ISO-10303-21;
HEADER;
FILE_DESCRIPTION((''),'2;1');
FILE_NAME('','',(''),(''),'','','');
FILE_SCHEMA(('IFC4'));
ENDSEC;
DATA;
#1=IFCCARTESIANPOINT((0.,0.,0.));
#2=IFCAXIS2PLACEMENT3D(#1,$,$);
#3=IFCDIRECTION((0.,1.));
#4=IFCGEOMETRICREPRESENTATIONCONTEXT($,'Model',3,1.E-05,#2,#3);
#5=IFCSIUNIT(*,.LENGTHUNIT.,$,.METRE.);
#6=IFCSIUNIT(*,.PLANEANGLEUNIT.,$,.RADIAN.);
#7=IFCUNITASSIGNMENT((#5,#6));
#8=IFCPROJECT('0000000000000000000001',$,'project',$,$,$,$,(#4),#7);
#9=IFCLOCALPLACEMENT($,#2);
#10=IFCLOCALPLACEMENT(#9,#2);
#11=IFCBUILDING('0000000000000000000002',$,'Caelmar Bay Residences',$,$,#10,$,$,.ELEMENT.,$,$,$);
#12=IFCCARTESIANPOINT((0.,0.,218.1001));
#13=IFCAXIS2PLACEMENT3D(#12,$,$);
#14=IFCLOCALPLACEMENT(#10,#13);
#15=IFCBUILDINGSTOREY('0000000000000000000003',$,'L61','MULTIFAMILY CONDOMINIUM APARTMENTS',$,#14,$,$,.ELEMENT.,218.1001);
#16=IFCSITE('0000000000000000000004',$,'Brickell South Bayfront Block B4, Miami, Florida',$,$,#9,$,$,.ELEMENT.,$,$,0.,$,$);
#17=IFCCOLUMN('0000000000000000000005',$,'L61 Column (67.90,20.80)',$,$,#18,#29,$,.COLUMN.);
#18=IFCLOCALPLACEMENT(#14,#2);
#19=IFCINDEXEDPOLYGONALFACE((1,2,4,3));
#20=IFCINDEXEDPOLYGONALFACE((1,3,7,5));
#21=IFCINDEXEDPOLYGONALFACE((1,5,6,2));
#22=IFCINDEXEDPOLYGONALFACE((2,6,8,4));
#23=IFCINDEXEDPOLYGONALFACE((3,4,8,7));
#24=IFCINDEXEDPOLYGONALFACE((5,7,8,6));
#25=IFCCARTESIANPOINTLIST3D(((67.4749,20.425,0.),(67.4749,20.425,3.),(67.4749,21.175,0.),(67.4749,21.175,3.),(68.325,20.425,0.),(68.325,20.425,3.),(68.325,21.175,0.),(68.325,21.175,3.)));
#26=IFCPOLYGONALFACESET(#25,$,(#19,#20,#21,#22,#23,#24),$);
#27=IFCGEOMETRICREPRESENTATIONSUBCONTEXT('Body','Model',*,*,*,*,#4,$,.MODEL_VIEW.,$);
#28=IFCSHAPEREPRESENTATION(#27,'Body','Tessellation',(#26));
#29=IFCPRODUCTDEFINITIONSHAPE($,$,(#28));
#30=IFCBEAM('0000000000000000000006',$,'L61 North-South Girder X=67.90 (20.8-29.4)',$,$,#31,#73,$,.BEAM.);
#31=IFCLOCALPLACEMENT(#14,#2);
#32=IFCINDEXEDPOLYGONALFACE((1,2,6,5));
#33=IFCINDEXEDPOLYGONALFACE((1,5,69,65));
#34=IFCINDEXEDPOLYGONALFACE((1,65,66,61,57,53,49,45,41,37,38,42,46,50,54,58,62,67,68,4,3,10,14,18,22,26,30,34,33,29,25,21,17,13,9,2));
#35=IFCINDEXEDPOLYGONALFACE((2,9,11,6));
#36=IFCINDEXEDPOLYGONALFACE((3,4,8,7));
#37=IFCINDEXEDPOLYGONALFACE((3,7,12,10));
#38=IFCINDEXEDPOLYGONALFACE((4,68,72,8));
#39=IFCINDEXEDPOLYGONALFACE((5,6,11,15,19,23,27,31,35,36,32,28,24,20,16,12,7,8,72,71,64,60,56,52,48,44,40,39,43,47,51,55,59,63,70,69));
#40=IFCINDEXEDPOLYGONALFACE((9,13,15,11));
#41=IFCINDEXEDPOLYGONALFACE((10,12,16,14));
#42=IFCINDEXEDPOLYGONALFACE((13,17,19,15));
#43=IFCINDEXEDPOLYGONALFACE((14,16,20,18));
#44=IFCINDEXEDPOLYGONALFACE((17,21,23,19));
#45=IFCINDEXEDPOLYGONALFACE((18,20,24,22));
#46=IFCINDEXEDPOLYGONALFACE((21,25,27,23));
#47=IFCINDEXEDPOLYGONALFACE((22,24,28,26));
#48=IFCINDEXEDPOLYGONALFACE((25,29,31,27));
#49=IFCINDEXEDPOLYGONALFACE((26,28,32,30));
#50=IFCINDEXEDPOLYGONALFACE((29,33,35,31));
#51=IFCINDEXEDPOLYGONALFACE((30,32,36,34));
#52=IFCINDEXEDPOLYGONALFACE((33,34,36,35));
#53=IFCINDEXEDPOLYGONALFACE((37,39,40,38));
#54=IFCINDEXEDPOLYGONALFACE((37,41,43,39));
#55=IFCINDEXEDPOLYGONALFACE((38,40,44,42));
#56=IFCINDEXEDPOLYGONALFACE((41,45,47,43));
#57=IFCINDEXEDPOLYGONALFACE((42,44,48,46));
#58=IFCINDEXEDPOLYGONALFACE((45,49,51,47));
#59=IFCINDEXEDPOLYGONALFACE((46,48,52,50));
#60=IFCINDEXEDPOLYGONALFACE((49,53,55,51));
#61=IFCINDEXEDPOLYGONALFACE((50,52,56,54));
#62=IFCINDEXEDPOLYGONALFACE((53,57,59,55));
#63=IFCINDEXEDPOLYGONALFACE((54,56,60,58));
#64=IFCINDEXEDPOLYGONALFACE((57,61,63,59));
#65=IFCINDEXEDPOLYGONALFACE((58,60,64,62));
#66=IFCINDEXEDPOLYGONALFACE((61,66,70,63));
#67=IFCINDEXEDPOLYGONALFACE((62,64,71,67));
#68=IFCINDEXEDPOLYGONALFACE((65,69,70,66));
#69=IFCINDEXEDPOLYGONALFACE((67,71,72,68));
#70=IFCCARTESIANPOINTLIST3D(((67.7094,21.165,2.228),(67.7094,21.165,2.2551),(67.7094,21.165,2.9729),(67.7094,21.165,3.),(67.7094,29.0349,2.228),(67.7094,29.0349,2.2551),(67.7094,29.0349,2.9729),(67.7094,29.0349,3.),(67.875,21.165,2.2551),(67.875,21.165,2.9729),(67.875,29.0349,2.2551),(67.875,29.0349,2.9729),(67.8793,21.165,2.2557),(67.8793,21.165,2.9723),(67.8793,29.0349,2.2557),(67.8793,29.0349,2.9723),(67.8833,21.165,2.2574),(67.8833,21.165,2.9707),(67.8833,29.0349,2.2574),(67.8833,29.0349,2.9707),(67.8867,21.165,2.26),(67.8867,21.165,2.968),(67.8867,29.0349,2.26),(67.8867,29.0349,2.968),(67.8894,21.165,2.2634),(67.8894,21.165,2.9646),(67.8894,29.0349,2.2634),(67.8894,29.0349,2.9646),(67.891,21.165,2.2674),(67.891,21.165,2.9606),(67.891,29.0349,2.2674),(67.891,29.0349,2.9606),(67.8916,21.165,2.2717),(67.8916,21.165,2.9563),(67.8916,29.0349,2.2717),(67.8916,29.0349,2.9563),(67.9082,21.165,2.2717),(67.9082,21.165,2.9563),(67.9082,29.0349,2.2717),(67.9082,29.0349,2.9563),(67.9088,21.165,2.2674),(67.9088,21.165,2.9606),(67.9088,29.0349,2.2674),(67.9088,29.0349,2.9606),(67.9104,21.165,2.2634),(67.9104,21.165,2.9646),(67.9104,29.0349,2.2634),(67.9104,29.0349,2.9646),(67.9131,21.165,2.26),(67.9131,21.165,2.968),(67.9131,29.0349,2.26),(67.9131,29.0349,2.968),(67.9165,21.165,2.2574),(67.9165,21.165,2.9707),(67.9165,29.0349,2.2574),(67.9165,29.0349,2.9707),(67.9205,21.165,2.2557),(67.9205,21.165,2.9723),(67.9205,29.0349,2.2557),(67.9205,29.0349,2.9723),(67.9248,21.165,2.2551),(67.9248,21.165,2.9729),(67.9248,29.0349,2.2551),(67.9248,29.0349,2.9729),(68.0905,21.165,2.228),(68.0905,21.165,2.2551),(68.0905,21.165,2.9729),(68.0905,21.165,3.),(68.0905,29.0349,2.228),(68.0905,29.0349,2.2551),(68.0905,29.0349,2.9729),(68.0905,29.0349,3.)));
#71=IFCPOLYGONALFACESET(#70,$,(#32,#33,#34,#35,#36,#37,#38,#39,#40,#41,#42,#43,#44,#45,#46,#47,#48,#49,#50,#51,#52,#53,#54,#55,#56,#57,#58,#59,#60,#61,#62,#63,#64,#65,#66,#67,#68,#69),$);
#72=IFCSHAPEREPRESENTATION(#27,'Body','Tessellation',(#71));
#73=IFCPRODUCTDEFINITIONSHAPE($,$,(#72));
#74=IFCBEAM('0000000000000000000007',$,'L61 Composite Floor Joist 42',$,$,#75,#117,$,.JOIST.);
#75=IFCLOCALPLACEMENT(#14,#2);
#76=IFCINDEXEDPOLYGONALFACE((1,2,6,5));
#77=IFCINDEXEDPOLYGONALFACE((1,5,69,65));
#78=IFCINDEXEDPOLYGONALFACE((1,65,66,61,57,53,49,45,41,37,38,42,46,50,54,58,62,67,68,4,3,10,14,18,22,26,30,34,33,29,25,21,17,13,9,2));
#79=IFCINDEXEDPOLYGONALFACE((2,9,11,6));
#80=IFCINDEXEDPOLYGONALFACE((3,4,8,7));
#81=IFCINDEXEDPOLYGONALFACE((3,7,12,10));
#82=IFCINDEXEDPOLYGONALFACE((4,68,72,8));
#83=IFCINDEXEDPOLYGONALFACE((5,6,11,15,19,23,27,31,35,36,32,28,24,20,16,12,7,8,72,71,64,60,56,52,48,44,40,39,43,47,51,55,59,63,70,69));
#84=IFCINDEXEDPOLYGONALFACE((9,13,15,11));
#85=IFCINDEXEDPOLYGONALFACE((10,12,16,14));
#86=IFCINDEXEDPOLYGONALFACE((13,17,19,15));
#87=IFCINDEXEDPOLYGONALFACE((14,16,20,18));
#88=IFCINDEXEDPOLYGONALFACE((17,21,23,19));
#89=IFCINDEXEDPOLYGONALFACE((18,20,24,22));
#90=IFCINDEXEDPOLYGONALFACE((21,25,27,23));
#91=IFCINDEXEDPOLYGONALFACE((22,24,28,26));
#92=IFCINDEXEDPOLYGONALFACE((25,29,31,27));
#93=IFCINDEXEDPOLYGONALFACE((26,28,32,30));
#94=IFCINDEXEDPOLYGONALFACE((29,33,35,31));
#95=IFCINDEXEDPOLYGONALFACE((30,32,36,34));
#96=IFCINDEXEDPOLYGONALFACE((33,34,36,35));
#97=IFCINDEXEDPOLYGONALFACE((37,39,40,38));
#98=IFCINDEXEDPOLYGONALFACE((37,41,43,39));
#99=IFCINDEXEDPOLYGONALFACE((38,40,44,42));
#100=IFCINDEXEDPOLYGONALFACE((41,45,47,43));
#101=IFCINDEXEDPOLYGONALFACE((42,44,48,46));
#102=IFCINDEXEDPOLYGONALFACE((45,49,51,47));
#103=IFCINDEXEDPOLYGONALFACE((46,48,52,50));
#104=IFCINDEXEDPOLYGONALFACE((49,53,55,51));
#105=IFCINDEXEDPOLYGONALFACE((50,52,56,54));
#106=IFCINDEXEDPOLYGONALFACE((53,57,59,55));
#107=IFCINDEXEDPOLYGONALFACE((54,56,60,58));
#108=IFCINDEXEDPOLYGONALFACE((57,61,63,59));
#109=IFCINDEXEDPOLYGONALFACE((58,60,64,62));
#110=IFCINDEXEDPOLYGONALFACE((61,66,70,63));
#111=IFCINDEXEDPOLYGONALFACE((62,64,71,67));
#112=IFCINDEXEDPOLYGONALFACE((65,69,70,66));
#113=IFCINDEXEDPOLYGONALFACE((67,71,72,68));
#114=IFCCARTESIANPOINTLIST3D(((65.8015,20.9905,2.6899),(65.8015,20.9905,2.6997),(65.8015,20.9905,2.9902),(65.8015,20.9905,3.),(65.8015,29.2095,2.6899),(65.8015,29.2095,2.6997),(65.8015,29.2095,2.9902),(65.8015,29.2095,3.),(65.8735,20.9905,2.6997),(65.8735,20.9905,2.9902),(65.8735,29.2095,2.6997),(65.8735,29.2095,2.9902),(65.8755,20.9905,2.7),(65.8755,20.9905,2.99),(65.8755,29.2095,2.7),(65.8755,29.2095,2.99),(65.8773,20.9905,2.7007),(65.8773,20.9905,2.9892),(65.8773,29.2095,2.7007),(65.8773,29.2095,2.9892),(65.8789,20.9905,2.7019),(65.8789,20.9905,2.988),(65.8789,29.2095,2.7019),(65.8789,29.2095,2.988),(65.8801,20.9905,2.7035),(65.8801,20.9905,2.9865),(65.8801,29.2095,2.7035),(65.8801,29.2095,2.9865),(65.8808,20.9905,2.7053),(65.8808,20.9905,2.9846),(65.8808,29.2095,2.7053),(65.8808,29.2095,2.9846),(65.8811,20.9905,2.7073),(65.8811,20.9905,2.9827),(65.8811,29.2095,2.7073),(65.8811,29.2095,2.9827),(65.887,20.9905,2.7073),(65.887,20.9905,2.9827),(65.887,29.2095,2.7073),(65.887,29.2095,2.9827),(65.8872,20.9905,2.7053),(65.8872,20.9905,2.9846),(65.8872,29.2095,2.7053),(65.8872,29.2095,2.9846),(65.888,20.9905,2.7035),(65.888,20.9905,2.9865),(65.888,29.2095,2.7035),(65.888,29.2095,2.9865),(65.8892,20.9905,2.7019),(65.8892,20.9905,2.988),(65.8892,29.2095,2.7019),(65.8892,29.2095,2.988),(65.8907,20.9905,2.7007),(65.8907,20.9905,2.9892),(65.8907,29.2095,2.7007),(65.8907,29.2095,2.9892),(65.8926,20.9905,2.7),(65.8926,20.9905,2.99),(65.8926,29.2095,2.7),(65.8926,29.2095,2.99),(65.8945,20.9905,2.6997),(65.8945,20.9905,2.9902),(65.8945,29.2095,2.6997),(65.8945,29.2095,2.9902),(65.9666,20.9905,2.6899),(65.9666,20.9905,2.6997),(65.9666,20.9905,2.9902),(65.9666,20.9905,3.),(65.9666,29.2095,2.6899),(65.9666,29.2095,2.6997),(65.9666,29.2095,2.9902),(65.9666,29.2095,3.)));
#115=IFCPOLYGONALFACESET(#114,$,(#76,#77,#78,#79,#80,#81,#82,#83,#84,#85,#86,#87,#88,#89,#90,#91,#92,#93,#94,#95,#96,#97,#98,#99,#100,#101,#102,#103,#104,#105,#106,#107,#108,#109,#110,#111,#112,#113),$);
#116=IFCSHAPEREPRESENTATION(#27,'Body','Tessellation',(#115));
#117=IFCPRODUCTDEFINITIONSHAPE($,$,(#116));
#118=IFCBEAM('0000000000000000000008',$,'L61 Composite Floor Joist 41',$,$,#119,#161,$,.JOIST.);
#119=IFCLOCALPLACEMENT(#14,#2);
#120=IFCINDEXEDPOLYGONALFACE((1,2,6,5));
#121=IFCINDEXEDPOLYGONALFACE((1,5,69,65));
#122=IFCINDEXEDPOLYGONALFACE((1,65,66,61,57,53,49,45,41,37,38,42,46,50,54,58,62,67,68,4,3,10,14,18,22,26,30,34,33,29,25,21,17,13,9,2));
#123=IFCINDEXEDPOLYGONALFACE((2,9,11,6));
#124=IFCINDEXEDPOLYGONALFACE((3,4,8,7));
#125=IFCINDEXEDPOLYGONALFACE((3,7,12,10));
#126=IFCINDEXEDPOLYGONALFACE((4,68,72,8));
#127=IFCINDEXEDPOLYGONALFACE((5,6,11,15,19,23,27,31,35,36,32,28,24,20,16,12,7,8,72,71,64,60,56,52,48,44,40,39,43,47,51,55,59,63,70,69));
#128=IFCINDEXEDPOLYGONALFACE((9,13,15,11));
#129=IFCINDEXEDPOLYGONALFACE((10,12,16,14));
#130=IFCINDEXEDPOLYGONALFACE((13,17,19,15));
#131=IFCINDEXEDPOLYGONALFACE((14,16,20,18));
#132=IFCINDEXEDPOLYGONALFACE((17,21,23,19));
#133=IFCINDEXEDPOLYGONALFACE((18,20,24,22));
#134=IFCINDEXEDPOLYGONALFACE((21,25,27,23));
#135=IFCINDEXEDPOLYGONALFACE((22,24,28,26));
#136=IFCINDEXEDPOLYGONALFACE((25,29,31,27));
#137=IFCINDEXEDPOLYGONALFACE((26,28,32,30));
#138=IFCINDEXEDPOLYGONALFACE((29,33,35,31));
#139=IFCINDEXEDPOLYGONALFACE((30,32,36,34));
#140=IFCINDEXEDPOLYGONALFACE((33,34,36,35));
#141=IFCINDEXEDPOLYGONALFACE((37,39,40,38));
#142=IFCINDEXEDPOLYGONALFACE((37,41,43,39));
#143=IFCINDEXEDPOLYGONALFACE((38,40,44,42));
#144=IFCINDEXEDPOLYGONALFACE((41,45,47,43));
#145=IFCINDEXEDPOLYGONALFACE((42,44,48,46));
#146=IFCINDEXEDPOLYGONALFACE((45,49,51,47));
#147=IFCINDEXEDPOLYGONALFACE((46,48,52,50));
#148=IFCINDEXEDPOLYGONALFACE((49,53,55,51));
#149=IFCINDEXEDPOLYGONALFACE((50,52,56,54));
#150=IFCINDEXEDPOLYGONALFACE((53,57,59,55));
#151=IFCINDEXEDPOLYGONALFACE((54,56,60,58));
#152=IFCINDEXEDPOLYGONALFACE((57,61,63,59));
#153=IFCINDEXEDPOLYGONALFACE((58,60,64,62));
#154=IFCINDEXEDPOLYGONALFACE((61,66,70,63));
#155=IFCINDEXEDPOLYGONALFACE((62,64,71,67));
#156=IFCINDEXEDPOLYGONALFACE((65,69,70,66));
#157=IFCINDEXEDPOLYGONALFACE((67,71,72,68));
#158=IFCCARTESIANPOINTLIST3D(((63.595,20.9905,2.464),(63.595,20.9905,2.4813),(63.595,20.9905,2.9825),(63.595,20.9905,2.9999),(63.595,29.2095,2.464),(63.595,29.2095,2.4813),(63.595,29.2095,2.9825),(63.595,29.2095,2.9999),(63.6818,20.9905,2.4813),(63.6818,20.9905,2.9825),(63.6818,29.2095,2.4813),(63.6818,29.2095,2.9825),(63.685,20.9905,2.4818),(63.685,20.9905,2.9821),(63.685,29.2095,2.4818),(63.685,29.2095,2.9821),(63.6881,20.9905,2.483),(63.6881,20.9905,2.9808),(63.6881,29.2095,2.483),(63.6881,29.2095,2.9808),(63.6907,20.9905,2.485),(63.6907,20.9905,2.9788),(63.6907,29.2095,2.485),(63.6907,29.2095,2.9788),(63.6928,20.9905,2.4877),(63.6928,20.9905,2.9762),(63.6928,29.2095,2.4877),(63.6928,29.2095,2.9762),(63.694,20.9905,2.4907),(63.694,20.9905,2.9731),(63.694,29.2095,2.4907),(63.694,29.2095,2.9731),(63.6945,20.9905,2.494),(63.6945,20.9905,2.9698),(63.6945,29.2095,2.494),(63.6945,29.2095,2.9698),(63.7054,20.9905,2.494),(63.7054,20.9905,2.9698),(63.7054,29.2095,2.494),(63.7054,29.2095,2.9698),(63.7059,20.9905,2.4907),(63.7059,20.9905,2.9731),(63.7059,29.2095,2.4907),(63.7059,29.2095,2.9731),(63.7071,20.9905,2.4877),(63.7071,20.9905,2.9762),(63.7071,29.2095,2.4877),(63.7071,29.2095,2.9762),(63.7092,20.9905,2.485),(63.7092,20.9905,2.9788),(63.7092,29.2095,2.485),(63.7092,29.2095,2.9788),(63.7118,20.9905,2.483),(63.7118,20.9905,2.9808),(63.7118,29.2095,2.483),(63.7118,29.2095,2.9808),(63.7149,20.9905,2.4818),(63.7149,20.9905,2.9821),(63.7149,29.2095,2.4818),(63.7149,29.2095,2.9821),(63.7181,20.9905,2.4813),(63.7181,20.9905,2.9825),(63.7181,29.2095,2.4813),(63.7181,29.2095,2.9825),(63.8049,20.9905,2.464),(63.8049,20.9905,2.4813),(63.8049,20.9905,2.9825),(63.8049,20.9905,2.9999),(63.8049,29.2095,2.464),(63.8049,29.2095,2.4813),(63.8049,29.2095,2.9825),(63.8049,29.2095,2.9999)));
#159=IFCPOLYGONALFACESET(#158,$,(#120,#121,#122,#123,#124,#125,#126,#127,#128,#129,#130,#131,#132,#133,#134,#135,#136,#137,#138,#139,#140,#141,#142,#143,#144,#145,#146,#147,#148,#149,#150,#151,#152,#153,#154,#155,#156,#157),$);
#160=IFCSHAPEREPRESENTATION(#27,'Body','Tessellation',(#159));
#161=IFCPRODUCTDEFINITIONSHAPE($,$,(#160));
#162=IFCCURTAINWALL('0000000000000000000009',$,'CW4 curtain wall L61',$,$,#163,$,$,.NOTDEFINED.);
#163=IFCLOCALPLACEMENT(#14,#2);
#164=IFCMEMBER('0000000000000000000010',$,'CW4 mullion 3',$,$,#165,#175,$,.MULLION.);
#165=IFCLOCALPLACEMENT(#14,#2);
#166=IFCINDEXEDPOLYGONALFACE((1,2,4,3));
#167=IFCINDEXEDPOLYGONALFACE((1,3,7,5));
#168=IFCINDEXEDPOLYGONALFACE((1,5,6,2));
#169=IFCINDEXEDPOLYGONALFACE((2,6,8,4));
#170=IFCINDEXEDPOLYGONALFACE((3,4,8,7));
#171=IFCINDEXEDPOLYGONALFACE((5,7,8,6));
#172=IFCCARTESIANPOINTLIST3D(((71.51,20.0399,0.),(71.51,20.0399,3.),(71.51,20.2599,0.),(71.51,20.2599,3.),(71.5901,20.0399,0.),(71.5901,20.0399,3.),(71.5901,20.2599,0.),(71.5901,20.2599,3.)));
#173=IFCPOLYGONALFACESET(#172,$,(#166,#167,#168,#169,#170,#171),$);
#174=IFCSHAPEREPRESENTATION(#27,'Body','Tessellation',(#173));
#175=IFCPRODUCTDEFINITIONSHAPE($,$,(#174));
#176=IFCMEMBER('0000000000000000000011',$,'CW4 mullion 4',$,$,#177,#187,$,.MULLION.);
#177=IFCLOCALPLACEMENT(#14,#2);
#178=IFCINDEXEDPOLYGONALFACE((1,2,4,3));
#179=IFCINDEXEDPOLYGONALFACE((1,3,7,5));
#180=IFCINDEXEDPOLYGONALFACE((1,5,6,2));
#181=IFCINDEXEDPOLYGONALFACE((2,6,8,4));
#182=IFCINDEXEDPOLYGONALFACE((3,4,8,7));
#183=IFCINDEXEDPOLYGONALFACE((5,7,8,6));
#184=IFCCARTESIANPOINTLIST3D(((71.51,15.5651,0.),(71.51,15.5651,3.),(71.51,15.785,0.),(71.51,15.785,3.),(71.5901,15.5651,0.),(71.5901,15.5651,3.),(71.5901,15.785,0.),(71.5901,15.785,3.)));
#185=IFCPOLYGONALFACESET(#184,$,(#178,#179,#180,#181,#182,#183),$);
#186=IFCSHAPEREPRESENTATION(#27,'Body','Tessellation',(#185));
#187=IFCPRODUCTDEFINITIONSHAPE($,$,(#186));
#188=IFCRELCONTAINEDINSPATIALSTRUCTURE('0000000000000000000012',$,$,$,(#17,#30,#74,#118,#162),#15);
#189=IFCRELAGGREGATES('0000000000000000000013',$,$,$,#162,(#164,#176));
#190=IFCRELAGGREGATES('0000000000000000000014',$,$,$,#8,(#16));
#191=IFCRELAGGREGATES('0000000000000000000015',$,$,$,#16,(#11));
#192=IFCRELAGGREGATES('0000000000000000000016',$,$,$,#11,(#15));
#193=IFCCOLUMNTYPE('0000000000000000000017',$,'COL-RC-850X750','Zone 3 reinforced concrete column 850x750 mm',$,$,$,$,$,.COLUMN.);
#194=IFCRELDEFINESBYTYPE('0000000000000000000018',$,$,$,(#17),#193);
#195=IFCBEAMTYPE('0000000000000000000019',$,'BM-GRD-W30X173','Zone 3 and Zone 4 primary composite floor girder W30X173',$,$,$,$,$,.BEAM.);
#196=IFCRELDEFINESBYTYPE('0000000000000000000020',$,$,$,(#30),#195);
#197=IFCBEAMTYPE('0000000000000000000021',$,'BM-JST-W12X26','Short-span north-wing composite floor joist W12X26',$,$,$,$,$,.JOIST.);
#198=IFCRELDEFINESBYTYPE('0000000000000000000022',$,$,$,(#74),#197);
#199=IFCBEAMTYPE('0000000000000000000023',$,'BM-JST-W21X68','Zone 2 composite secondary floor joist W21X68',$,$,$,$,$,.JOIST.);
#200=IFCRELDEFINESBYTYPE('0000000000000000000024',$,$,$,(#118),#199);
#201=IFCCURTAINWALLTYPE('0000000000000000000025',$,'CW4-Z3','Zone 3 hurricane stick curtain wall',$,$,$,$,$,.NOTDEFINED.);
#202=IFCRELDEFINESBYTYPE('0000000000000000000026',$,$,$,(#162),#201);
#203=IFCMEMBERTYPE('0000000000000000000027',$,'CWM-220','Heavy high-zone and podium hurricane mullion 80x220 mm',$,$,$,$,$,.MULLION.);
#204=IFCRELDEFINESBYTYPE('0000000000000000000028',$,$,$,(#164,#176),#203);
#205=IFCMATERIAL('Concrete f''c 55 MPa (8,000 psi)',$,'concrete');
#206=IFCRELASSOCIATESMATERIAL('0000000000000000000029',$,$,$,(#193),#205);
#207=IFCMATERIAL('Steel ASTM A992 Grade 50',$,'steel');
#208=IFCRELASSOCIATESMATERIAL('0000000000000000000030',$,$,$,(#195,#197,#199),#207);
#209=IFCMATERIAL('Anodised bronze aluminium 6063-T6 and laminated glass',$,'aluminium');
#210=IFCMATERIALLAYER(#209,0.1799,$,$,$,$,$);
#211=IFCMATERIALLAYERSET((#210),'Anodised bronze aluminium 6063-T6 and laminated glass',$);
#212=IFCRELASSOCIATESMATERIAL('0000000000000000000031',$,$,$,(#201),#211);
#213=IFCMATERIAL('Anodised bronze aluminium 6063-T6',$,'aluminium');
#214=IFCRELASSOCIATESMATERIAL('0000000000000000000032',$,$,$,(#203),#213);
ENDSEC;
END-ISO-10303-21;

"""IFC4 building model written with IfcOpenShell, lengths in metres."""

from ifc_helpers import new_model, si_unit, direction, frame, origin, origin_2d, place, context, subcontext, project, spatial, rectangle, i_section, extrude, material, layer, layer_set, material_profile, profile_set, type_object, element, aggregate, save


model = new_model("IFC4")

# Units and contexts
model_context = context("Model", 3, precision=1e-05, world=origin(), true_north=direction((0.0, 1.0)))
body_context = subcontext(model_context, "Body", "Model", "MODEL_VIEW")
ifc_project = project(units=[si_unit("LENGTHUNIT", "METRE"), si_unit("PLANEANGLEUNIT", "RADIAN")], contexts=[model_context])

# Site, building, storey
site_placement = place(None, origin())
site = spatial("IfcSite", under=ifc_project, at=site_placement, Name="Brickell South Bayfront Block B4, Miami, Florida", CompositionType="ELEMENT", RefElevation=0.0)
building_placement = place(site_placement, origin())
building = spatial("IfcBuilding", under=site, at=building_placement, Name="Caelmar Bay Residences", CompositionType="ELEMENT")
storey_placement = place(building_placement, frame((0.0, 0.0, 218.1001)))
storey = spatial("IfcBuildingStorey", under=building, at=storey_placement, Name="L61", Description="MULTIFAMILY CONDOMINIUM APARTMENTS", CompositionType="ELEMENT", Elevation=218.1001)

# Column
ifc_material_1 = material(Name="Concrete f'c 55 MPa (8,000 psi)", Category="concrete")
ifc_material_profile_1 = material_profile(ifc_material_1, rectangle(XDim=0.8501, YDim=0.75, at=origin_2d()), Name="RC-COL-850X750")
ifc_profile_set_1 = profile_set([ifc_material_profile_1], Name="Concrete f'c 55 MPa (8,000 psi)")
column_type = type_object("IfcColumnType", Name="COL-RC-850X750", Description="Zone 3 reinforced concrete column 850x750 mm", PredefinedType="COLUMN", material=ifc_profile_set_1)
column_placement = place(storey_placement, frame((67.8999, 20.8, 0.0), z_axis=(0.0, 0.0, 1.0), x_axis=(1.0, 0.0, 0.0)))
element("IfcColumn", 1, at=column_placement, inside=storey, type_object=column_type, Name="L61 Column (67.90,20.80)", PredefinedType="COLUMN", context=body_context, shape_type="SweptSolid", body=[
    extrude(rectangle(XDim=0.8501, YDim=0.75, at=origin_2d()), origin(), (0.0, 0.0, 1.0), 3.0),
])

# Beams
ifc_material_2 = material(Name="Steel ASTM A992 Grade 50", Category="steel")
ifc_material_profile_2 = material_profile(ifc_material_2, i_section(OverallWidth=0.3811, OverallDepth=0.772, WebThickness=0.0166, FlangeThickness=0.0271, FilletRadius=0.0166, at=origin_2d()), Name="W30X173")
ifc_profile_set_2 = profile_set([ifc_material_profile_2], Name="Steel ASTM A992 Grade 50")
beam_type_1 = type_object("IfcBeamType", Name="BM-GRD-W30X173", Description="Zone 3 and Zone 4 primary composite floor girder W30X173", PredefinedType="BEAM", material=ifc_profile_set_2)
beam_1_placement = place(storey_placement, frame((67.8999, 21.165, 2.614), z_axis=(0.0, 1.0, 0.0), x_axis=(-1.0, 0.0, 0.0)))
element("IfcBeam", 2, at=beam_1_placement, inside=storey, type_object=beam_type_1, Name="L61 North-South Girder X=67.90 (20.8-29.4)", PredefinedType="BEAM", context=body_context, shape_type="SweptSolid", body=[
    extrude(i_section(OverallWidth=0.3811, OverallDepth=0.772, WebThickness=0.0166, FlangeThickness=0.0271, FilletRadius=0.0166, at=origin_2d()), origin(), (0.0, 0.0, 1.0), 7.8699),
])
ifc_material_profile_3 = material_profile(ifc_material_2, i_section(OverallWidth=0.165, OverallDepth=0.3101, WebThickness=0.0059, FlangeThickness=0.0098, FilletRadius=0.0076, at=origin_2d()), Name="W12X26")
ifc_profile_set_3 = profile_set([ifc_material_profile_3], Name="Steel ASTM A992 Grade 50")
beam_type_2 = type_object("IfcBeamType", Name="BM-JST-W12X26", Description="Short-span north-wing composite floor joist W12X26", PredefinedType="JOIST", material=ifc_profile_set_3)
beam_2_placement = place(storey_placement, frame((65.884, 20.9905, 2.845), z_axis=(0.0, 1.0, 0.0), x_axis=(-1.0, 0.0, 0.0)))
element("IfcBeam", 3, at=beam_2_placement, inside=storey, type_object=beam_type_2, Name="L61 Composite Floor Joist 42", PredefinedType="JOIST", context=body_context, shape_type="SweptSolid", body=[
    extrude(i_section(OverallWidth=0.165, OverallDepth=0.3101, WebThickness=0.0059, FlangeThickness=0.0098, FilletRadius=0.0076, at=origin_2d()), origin(), (0.0, 0.0, 1.0), 8.219),
])
ifc_material_profile_4 = material_profile(ifc_material_2, i_section(OverallWidth=0.21, OverallDepth=0.5359, WebThickness=0.011, FlangeThickness=0.0173, FilletRadius=0.0127, at=origin_2d()), Name="W21X68")
ifc_profile_set_4 = profile_set([ifc_material_profile_4], Name="Steel ASTM A992 Grade 50")
beam_type_3 = type_object("IfcBeamType", Name="BM-JST-W21X68", Description="Zone 2 composite secondary floor joist W21X68", PredefinedType="JOIST", material=ifc_profile_set_4)
beam_3_placement = place(storey_placement, frame((63.7, 20.9905, 2.7319), z_axis=(0.0, 1.0, 0.0), x_axis=(-1.0, 0.0, 0.0)))
element("IfcBeam", 4, at=beam_3_placement, inside=storey, type_object=beam_type_3, Name="L61 Composite Floor Joist 41", PredefinedType="JOIST", context=body_context, shape_type="SweptSolid", body=[
    extrude(i_section(OverallWidth=0.21, OverallDepth=0.5359, WebThickness=0.011, FlangeThickness=0.0173, FilletRadius=0.0127, at=origin_2d()), origin(), (0.0, 0.0, 1.0), 8.219),
])

# Curtain wall, members
ifc_material_3 = material(Name="Anodised bronze aluminium 6063-T6 and laminated glass", Category="aluminium")
ifc_layer_1 = layer(ifc_material_3, 0.1799)
ifc_layer_set_1 = layer_set([ifc_layer_1], Name="Anodised bronze aluminium 6063-T6 and laminated glass")
curtain_wall_type = type_object("IfcCurtainWallType", Name="CW4-Z3", Description="Zone 3 hurricane stick curtain wall", PredefinedType="NOTDEFINED", material=ifc_layer_set_1)
curtain_wall_placement = place(storey_placement, origin())
curtain_wall = element("IfcCurtainWall", 5, at=curtain_wall_placement, inside=storey, type_object=curtain_wall_type, Name="CW4 curtain wall L61", PredefinedType="NOTDEFINED")
ifc_material_4 = material(Name="Anodised bronze aluminium 6063-T6", Category="aluminium")
ifc_material_profile_5 = material_profile(ifc_material_4, rectangle(XDim=0.0801, YDim=0.22, at=origin_2d()), Name="CWM-80X220")
ifc_profile_set_5 = profile_set([ifc_material_profile_5], Name="Anodised bronze aluminium 6063-T6")
member_type_1 = type_object("IfcMemberType", Name="CWM-220", Description="Heavy high-zone and podium hurricane mullion 80x220 mm", PredefinedType="MULLION", material=ifc_profile_set_5)
member_1_placement = place(storey_placement, frame((71.55, 20.1499, 0.0), z_axis=(0.0, 0.0, 1.0), x_axis=(1.0, 0.0, 0.0)))
member_1 = element("IfcMember", 6, at=member_1_placement, type_object=member_type_1, Name="CW4 mullion 3", PredefinedType="MULLION", context=body_context, shape_type="SweptSolid", body=[
    extrude(rectangle(XDim=0.0801, YDim=0.22, at=origin_2d()), origin(), (0.0, 0.0, 1.0), 3.0),
])
member_2_placement = place(storey_placement, frame((71.55, 15.675, 0.0), z_axis=(0.0, 0.0, 1.0), x_axis=(1.0, 0.0, 0.0)))
member_2 = element("IfcMember", 7, at=member_2_placement, type_object=member_type_1, Name="CW4 mullion 4", PredefinedType="MULLION", context=body_context, shape_type="SweptSolid", body=[
    extrude(rectangle(XDim=0.0801, YDim=0.22, at=origin_2d()), origin(), (0.0, 0.0, 1.0), 3.0),
])
aggregate(curtain_wall, [member_1, member_2])

save(model, "model.ifc")
